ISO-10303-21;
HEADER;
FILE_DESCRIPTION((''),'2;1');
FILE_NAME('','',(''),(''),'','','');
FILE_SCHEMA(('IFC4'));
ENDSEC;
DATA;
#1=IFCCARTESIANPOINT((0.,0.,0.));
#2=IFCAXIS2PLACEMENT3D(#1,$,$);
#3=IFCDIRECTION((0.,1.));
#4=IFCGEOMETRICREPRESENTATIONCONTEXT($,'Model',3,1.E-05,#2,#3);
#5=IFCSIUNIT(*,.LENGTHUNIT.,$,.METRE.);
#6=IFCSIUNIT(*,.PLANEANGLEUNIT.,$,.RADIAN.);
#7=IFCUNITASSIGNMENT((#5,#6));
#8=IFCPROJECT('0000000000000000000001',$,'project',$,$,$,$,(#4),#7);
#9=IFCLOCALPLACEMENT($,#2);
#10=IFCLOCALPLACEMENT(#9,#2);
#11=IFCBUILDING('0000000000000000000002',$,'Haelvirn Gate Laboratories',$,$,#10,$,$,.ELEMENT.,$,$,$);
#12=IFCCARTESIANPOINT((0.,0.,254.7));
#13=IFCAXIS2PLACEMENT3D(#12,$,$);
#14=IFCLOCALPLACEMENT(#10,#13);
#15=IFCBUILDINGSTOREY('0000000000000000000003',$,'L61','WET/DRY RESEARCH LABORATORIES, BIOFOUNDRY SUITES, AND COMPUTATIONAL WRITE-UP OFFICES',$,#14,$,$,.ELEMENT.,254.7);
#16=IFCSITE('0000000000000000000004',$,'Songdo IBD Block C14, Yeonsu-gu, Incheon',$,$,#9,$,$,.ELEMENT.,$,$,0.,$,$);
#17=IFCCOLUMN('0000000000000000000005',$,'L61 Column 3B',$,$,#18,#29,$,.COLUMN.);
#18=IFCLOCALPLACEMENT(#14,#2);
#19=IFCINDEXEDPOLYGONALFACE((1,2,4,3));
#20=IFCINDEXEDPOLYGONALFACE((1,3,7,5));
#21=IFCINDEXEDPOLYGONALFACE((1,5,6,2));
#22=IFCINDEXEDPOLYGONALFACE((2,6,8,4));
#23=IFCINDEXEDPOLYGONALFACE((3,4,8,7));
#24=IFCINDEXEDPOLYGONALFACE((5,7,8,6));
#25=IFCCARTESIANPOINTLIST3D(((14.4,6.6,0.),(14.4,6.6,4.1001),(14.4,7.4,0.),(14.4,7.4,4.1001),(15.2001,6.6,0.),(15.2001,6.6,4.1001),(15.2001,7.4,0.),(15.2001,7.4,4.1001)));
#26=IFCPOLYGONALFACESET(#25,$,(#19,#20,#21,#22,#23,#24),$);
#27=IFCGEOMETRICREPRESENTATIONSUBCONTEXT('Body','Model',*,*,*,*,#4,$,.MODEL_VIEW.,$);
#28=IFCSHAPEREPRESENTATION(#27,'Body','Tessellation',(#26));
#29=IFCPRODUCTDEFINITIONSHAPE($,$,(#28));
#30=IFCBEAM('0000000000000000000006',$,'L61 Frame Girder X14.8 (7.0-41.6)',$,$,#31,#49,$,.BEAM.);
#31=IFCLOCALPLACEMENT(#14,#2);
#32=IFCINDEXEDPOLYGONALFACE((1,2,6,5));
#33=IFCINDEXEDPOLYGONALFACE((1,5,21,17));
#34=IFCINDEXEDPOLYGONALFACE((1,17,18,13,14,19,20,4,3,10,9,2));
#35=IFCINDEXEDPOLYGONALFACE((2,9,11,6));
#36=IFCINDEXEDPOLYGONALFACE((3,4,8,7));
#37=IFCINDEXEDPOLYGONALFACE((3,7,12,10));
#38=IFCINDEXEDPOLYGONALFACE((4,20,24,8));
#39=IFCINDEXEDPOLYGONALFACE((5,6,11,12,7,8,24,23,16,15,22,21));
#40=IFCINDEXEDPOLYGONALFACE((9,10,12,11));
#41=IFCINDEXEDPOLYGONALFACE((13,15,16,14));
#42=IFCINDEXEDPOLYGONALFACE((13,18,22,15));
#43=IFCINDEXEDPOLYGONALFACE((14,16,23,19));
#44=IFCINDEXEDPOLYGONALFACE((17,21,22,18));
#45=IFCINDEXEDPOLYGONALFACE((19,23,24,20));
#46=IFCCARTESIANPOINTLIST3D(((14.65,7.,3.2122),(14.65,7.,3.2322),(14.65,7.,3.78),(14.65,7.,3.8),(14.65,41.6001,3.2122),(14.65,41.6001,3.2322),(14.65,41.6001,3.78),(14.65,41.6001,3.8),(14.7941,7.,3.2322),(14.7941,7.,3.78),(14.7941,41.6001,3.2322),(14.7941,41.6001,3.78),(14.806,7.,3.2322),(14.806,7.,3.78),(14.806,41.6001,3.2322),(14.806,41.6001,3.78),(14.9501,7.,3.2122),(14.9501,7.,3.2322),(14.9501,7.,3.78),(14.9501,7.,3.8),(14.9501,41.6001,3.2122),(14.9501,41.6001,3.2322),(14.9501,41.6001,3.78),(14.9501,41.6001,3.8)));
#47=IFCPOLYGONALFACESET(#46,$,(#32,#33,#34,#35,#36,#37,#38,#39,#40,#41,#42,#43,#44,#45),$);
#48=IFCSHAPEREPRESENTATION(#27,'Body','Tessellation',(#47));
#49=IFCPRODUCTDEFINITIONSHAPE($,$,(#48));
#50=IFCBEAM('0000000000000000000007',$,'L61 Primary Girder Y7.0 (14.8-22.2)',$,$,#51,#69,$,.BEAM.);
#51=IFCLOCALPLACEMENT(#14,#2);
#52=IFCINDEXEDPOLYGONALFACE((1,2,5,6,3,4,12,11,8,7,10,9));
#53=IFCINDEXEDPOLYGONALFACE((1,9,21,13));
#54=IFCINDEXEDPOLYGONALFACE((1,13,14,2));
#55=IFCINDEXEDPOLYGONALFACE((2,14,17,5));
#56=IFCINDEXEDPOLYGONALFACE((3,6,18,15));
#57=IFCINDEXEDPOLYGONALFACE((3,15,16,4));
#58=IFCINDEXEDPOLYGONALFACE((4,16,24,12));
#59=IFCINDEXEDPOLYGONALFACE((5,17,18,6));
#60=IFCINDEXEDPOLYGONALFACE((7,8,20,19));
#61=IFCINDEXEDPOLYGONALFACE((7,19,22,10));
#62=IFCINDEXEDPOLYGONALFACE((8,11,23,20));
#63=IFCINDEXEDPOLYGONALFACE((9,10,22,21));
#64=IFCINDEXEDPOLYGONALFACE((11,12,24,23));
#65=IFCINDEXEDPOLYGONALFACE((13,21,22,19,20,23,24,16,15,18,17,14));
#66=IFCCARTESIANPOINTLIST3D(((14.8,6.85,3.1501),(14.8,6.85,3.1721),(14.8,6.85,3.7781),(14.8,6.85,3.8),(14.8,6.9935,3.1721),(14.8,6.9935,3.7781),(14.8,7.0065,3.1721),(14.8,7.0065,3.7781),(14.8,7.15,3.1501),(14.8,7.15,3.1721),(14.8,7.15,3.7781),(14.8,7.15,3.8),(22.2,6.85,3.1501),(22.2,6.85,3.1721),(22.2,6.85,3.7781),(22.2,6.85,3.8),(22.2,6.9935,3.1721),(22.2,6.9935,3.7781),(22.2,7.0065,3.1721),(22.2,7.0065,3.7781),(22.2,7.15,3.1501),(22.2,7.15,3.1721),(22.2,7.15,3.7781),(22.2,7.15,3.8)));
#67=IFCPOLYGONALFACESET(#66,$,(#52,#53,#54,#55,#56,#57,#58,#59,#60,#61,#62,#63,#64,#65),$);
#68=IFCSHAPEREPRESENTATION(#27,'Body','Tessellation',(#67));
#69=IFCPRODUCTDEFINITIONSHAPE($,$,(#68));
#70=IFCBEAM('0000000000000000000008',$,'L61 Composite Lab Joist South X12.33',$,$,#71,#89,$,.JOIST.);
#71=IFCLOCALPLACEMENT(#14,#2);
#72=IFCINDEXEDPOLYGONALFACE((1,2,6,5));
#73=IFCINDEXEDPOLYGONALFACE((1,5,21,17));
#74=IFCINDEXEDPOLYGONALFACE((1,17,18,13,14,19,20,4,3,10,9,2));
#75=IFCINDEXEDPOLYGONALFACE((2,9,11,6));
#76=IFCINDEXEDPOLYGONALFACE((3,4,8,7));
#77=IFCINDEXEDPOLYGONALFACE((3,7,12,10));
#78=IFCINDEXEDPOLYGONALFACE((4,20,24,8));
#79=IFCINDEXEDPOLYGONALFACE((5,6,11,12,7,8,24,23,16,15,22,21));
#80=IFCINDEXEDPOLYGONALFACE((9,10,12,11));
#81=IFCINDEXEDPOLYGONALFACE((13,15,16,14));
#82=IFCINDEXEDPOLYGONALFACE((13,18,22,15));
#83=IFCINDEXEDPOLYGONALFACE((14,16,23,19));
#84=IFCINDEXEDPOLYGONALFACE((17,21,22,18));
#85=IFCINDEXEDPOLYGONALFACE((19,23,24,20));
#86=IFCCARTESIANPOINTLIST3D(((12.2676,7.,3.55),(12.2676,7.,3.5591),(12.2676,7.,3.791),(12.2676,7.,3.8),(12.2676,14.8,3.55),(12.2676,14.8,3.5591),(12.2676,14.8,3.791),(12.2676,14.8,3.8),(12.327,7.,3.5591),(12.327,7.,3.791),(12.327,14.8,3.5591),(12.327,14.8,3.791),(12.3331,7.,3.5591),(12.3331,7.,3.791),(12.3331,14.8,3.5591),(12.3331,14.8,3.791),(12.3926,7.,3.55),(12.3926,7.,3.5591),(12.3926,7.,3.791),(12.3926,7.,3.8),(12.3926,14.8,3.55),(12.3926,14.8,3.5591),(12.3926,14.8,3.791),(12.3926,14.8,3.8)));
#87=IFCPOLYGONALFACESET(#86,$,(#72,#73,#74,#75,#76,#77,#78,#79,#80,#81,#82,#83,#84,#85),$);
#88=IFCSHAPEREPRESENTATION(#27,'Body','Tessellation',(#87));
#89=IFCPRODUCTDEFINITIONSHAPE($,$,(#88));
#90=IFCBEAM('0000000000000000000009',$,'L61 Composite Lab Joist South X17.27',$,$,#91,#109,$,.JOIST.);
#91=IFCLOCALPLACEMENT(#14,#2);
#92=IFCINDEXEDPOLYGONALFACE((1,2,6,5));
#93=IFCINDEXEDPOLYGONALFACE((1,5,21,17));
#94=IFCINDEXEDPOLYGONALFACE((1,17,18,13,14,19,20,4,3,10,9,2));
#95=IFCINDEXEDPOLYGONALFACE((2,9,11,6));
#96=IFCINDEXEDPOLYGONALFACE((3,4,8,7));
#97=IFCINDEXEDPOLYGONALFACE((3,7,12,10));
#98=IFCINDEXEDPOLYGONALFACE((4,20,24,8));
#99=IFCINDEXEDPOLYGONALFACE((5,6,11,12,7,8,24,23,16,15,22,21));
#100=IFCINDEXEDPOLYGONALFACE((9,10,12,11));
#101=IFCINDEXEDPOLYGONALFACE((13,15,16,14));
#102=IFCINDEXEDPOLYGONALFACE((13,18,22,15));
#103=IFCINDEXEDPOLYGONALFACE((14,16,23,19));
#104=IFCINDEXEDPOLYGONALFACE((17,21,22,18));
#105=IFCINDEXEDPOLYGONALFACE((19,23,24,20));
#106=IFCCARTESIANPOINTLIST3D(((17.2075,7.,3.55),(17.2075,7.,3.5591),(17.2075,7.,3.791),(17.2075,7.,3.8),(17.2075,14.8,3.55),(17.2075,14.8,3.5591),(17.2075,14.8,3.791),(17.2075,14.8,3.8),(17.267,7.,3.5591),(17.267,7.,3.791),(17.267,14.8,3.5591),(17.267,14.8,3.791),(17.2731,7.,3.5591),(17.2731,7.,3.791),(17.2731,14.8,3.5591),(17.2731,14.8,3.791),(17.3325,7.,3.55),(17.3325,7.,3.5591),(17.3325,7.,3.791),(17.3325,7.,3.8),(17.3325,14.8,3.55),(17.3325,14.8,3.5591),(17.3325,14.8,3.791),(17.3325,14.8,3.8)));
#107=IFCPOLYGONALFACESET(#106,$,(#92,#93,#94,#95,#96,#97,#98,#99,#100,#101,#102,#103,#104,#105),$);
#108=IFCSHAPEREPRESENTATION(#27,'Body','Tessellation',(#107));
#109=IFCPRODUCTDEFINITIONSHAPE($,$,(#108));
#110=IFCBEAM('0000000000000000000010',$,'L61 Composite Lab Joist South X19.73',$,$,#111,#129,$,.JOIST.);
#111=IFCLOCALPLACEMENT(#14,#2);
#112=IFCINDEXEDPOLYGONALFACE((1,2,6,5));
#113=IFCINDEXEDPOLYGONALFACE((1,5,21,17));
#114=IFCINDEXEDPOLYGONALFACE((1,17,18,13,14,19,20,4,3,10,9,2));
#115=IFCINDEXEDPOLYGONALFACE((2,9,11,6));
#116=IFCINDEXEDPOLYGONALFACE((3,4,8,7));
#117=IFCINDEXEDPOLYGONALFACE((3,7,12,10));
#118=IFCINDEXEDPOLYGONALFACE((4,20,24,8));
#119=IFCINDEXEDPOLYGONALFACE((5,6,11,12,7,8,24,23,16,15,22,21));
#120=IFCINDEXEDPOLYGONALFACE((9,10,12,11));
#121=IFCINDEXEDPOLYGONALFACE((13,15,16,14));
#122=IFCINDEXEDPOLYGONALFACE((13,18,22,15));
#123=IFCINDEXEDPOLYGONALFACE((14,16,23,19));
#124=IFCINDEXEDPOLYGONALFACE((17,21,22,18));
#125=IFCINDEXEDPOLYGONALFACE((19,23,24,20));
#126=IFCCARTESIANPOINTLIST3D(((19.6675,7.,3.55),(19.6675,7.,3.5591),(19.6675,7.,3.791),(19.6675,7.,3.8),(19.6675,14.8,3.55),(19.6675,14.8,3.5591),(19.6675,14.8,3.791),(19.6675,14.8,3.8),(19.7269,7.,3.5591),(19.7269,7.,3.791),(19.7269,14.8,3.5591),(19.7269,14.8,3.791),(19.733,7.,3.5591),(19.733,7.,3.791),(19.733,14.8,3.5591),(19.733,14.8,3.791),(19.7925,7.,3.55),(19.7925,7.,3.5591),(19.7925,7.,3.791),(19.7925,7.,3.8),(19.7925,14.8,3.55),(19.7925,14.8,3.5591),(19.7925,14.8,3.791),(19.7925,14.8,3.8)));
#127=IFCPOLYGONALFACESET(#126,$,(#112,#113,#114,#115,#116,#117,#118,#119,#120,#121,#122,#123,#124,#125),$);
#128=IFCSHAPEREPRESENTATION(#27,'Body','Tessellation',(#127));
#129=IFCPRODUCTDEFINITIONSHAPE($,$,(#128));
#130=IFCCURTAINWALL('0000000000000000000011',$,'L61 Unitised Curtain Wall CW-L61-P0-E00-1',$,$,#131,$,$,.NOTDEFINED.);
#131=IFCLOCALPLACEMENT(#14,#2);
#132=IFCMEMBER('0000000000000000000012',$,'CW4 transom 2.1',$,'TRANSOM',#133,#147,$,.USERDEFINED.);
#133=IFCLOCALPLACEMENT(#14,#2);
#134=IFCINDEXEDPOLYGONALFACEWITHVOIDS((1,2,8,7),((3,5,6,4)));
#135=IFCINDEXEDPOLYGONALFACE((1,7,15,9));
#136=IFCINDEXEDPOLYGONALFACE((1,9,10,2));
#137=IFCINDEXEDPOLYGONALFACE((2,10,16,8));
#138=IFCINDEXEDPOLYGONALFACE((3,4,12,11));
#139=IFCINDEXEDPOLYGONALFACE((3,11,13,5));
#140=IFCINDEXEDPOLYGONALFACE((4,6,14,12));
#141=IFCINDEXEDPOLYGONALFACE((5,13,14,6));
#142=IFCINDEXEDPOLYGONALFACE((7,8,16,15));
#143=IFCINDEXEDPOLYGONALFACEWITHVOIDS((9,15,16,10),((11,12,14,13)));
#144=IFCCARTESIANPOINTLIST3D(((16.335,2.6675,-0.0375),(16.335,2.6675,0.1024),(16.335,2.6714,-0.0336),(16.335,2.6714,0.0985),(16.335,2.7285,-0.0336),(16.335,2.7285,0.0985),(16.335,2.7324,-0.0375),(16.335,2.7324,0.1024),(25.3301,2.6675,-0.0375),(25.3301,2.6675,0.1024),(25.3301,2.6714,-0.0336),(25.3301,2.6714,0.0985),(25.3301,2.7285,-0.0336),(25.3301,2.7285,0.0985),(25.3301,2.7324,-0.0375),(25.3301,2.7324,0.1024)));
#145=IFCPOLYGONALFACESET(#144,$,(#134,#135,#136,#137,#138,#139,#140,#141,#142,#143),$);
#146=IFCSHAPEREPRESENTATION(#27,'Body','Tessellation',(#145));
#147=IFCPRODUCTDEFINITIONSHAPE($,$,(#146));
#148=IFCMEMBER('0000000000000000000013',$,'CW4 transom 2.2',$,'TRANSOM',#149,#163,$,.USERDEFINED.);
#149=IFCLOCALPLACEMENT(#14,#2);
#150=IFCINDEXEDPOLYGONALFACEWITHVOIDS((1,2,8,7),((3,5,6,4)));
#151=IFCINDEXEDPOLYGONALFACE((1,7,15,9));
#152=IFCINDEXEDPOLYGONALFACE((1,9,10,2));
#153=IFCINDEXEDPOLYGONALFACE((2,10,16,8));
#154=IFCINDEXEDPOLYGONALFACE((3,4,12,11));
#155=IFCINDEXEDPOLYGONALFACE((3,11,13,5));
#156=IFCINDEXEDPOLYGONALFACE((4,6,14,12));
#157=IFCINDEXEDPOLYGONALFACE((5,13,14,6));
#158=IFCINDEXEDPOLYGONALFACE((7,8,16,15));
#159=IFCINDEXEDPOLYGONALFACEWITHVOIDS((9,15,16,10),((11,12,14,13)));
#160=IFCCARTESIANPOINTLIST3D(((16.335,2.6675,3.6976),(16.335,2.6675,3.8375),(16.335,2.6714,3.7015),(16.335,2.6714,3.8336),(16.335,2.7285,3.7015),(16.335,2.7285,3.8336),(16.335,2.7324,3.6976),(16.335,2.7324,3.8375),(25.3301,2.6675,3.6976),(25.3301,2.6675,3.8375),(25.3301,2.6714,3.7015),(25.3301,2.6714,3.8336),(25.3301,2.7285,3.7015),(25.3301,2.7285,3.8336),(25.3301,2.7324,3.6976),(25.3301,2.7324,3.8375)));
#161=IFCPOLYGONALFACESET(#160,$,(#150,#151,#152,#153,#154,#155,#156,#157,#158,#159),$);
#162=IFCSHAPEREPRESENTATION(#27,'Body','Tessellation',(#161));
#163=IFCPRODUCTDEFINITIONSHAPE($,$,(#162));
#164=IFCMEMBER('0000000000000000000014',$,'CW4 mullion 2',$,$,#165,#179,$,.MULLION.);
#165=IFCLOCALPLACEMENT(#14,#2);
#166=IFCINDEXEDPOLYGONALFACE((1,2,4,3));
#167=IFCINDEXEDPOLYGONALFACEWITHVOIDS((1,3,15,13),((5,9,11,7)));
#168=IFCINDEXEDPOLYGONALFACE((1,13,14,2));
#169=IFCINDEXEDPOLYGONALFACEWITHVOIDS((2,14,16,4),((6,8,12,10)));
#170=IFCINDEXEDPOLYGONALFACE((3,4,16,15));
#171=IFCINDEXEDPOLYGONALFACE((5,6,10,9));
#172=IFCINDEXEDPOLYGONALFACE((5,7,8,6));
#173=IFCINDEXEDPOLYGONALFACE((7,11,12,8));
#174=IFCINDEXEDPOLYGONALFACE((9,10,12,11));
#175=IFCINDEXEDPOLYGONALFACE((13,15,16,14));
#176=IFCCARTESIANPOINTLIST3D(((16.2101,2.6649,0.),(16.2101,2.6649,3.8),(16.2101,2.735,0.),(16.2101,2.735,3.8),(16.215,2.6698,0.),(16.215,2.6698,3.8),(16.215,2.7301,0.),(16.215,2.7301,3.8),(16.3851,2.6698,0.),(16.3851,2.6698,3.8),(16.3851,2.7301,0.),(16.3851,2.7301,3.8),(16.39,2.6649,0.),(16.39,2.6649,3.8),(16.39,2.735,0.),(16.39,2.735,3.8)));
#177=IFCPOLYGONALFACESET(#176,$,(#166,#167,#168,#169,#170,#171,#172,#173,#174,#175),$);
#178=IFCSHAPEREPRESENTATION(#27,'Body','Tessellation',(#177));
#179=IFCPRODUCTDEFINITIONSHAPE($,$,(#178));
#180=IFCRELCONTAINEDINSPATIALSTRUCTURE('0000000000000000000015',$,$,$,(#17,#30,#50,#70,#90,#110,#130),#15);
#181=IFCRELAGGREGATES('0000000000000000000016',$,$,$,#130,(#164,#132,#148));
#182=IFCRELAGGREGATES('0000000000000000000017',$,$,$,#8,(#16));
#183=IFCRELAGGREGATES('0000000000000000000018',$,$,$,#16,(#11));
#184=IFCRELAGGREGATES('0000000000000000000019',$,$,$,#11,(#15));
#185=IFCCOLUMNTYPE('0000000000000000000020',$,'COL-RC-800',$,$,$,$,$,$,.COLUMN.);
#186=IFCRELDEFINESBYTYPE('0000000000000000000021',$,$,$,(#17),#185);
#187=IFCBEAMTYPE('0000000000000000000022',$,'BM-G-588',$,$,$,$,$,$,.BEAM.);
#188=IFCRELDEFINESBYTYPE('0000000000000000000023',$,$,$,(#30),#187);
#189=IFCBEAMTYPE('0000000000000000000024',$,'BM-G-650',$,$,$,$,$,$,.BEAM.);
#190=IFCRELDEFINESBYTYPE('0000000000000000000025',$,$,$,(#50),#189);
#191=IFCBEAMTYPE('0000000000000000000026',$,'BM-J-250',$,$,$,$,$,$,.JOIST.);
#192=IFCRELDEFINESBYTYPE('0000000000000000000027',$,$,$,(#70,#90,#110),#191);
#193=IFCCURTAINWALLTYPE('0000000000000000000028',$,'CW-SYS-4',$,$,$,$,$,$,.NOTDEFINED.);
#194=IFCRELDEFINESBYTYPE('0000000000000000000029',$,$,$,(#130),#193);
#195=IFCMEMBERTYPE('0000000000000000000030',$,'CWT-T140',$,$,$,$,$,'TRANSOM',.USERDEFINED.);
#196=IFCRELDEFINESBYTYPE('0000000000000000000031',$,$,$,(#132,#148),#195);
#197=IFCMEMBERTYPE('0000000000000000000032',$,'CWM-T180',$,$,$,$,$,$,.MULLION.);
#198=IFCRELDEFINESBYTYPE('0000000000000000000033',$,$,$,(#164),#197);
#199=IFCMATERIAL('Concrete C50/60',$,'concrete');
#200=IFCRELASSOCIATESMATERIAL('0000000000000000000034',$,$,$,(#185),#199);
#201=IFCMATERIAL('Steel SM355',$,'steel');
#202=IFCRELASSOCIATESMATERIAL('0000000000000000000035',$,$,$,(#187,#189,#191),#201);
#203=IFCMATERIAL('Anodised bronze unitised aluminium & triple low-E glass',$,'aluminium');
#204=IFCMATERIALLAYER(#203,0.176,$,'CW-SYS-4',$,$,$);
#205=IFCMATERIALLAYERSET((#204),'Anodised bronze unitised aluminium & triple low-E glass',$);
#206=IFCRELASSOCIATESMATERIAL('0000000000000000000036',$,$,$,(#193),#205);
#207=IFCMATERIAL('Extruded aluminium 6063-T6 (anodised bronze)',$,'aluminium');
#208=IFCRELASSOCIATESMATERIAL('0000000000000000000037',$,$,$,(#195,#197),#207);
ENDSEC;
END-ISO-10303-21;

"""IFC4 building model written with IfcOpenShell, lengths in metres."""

from ifc_helpers import new_model, si_unit, direction, frame, origin, origin_2d, place, context, subcontext, project, spatial, rectangle, hollow_rectangle, i_section, extrude, source, transform, mapped, material, layer, layer_set, material_profile, profile_set, type_object, type_shapes, element, aggregate, save


model = new_model("IFC4")

# Units and contexts
model_context = context("Model", 3, precision=1e-05, world=origin(), true_north=direction((0.0, 1.0)))
body_context = subcontext(model_context, "Body", "Model", "MODEL_VIEW")
ifc_project = project(units=[si_unit("LENGTHUNIT", "METRE"), si_unit("PLANEANGLEUNIT", "RADIAN")], contexts=[model_context])

# Site, building, storey
site_placement = place(None, origin())
site = spatial("IfcSite", under=ifc_project, at=site_placement, Name="Songdo IBD Block C14, Yeonsu-gu, Incheon", CompositionType="ELEMENT", RefElevation=0.0)
building_placement = place(site_placement, origin())
building = spatial("IfcBuilding", under=site, at=building_placement, Name="Haelvirn Gate Laboratories", CompositionType="ELEMENT")
storey_placement = place(building_placement, frame((0.0, 0.0, 254.7)))
storey = spatial("IfcBuildingStorey", under=building, at=storey_placement, Name="L61", Description="WET/DRY RESEARCH LABORATORIES, BIOFOUNDRY SUITES, AND COMPUTATIONAL WRITE-UP OFFICES", CompositionType="ELEMENT", Elevation=254.7)

# Column
ifc_material_1 = material(Name="Concrete C50/60", Category="concrete")
ifc_material_profile_1 = material_profile(ifc_material_1, rectangle(XDim=0.8, YDim=0.8, at=origin_2d()), Name="RC-800x800")
ifc_profile_set_1 = profile_set([ifc_material_profile_1], Name="Concrete C50/60")
column_type = type_object("IfcColumnType", Name="COL-RC-800", PredefinedType="COLUMN", material=ifc_profile_set_1)
shared_shape_1 = source(origin(), body_context, "Body", "SweptSolid", [
    extrude(rectangle(XDim=0.8, YDim=0.8, at=origin_2d()), origin(), (0.0, 0.0, 1.0), 4.1001),
])
type_shapes(column_type, [shared_shape_1])
column_placement = place(storey_placement, frame((14.8, 7.0, 0.0), z_axis=(0.0, 0.0, 1.0), x_axis=(1.0, 0.0, 0.0)))
element("IfcColumn", 1, at=column_placement, inside=storey, type_object=column_type, Name="L61 Column 3B", PredefinedType="COLUMN", context=body_context, shape_type="MappedRepresentation", body=[
    mapped(shared_shape_1, transform((0.0, 0.0, 0.0), scale=1.0)),
])

# Beams
ifc_material_2 = material(Name="Steel SM355", Category="steel")
ifc_material_profile_2 = material_profile(ifc_material_2, i_section(OverallWidth=0.3, OverallDepth=0.5879, WebThickness=0.012, FlangeThickness=0.02, at=origin_2d()), Name="H-588x300x12x20")
ifc_profile_set_2 = profile_set([ifc_material_profile_2], Name="Steel SM355")
beam_type_1 = type_object("IfcBeamType", Name="BM-G-588", PredefinedType="BEAM", material=ifc_profile_set_2)
shared_shape_2 = source(origin(), body_context, "Body", "SweptSolid", [
    extrude(i_section(OverallWidth=0.3, OverallDepth=0.5879, WebThickness=0.012, FlangeThickness=0.02, at=origin_2d()), origin(), (0.0, 0.0, 1.0), 34.6001),
])
type_shapes(beam_type_1, [shared_shape_2])
beam_1_placement = place(storey_placement, frame((14.8, 7.0, 3.5061), z_axis=(0.0, 1.0, 0.0), x_axis=(-1.0, 0.0, 0.0)))
element("IfcBeam", 2, at=beam_1_placement, inside=storey, type_object=beam_type_1, Name="L61 Frame Girder X14.8 (7.0-41.6)", PredefinedType="BEAM", context=body_context, shape_type="MappedRepresentation", body=[
    mapped(shared_shape_2, transform((0.0, 0.0, 0.0), scale=1.0)),
])
ifc_material_profile_3 = material_profile(ifc_material_2, i_section(OverallWidth=0.3, OverallDepth=0.6499, WebThickness=0.0129, FlangeThickness=0.022, at=origin_2d()), Name="H-650x300x13x22")
ifc_profile_set_3 = profile_set([ifc_material_profile_3], Name="Steel SM355")
beam_type_2 = type_object("IfcBeamType", Name="BM-G-650", PredefinedType="BEAM", material=ifc_profile_set_3)
shared_shape_3 = source(origin(), body_context, "Body", "SweptSolid", [
    extrude(i_section(OverallWidth=0.3, OverallDepth=0.6499, WebThickness=0.0129, FlangeThickness=0.022, at=origin_2d()), origin(), (0.0, 0.0, 1.0), 7.3999),
])
type_shapes(beam_type_2, [shared_shape_3])
beam_2_placement = place(storey_placement, frame((14.8, 7.0, 3.4751), z_axis=(1.0, 0.0, 0.0), x_axis=(0.0, 1.0, 0.0)))
element("IfcBeam", 3, at=beam_2_placement, inside=storey, type_object=beam_type_2, Name="L61 Primary Girder Y7.0 (14.8-22.2)", PredefinedType="BEAM", context=body_context, shape_type="MappedRepresentation", body=[
    mapped(shared_shape_3, transform((0.0, 0.0, 0.0), scale=1.0)),
])
ifc_material_profile_4 = material_profile(ifc_material_2, i_section(OverallWidth=0.125, OverallDepth=0.25, WebThickness=0.0061, FlangeThickness=0.009, at=origin_2d()), Name="H-250x125x6x9")
ifc_profile_set_4 = profile_set([ifc_material_profile_4], Name="Steel SM355")
beam_type_3 = type_object("IfcBeamType", Name="BM-J-250", PredefinedType="JOIST", material=ifc_profile_set_4)
shared_shape_4 = source(origin(), body_context, "Body", "SweptSolid", [
    extrude(i_section(OverallWidth=0.125, OverallDepth=0.25, WebThickness=0.0061, FlangeThickness=0.009, at=origin_2d()), origin(), (0.0, 0.0, 1.0), 7.8),
])
type_shapes(beam_type_3, [shared_shape_4])
for number, where, z_axis, x_axis, name in (
    (4, (12.3301, 7.0, 3.675), (0.0, 1.0, 0.0), (-1.0, 0.0, 0.0), "L61 Composite Lab Joist South X12.33"),
    (5, (17.27, 7.0, 3.675), (0.0, 1.0, 0.0), (-1.0, 0.0, 0.0), "L61 Composite Lab Joist South X17.27"),
    (6, (19.73, 7.0, 3.675), (0.0, 1.0, 0.0), (-1.0, 0.0, 0.0), "L61 Composite Lab Joist South X19.73"),
):
    element("IfcBeam", number, at=place(storey_placement, frame(where, z_axis=z_axis, x_axis=x_axis)), inside=storey, type_object=beam_type_3, Name=name, PredefinedType="JOIST", context=body_context, shape_type="MappedRepresentation", body=[
        mapped(shared_shape_4, transform((0.0, 0.0, 0.0), scale=1.0)),
    ])

# Curtain wall, members
ifc_material_3 = material(Name="Anodised bronze unitised aluminium & triple low-E glass", Category="aluminium")
ifc_layer_1 = layer(ifc_material_3, 0.176, Name="CW-SYS-4")
ifc_layer_set_1 = layer_set([ifc_layer_1], Name="Anodised bronze unitised aluminium & triple low-E glass")
curtain_wall_type = type_object("IfcCurtainWallType", Name="CW-SYS-4", PredefinedType="NOTDEFINED", material=ifc_layer_set_1)
curtain_wall_placement = place(storey_placement, origin())
curtain_wall = element("IfcCurtainWall", 7, at=curtain_wall_placement, inside=storey, type_object=curtain_wall_type, Name="L61 Unitised Curtain Wall CW-L61-P0-E00-1", PredefinedType="NOTDEFINED")
ifc_material_4 = material(Name="Extruded aluminium 6063-T6 (anodised bronze)", Category="aluminium")
ifc_material_profile_5 = material_profile(ifc_material_4, hollow_rectangle(XDim=0.0649, YDim=0.1399, WallThickness=0.0039, at=origin_2d()), Name="CWT-140x65x4")
ifc_profile_set_5 = profile_set([ifc_material_profile_5], Name="Extruded aluminium 6063-T6 (anodised bronze)")
member_type_1 = type_object("IfcMemberType", Name="CWT-T140", ElementType="TRANSOM", PredefinedType="USERDEFINED", material=ifc_profile_set_5)
shared_shape_5 = source(origin(), body_context, "Body", "SweptSolid", [
    extrude(hollow_rectangle(XDim=0.0649, YDim=0.1399, WallThickness=0.0039, at=origin_2d()), origin(), (0.0, 0.0, 1.0), 8.9951),
])
type_shapes(member_type_1, [shared_shape_5])
member_1_placement = place(storey_placement, frame((16.335, 2.7, 0.0325), z_axis=(1.0, 0.0, 0.0), x_axis=(0.0, 1.0, 0.0)))
member_1 = element("IfcMember", 8, at=member_1_placement, type_object=member_type_1, Name="CW4 transom 2.1", ObjectType="TRANSOM", PredefinedType="USERDEFINED", context=body_context, shape_type="MappedRepresentation", body=[
    mapped(shared_shape_5, transform((0.0, 0.0, 0.0), scale=1.0)),
])
member_2_placement = place(storey_placement, frame((16.335, 2.7, 3.7676), z_axis=(1.0, 0.0, 0.0), x_axis=(0.0, 1.0, 0.0)))
member_2 = element("IfcMember", 9, at=member_2_placement, type_object=member_type_1, Name="CW4 transom 2.2", ObjectType="TRANSOM", PredefinedType="USERDEFINED", context=body_context, shape_type="MappedRepresentation", body=[
    mapped(shared_shape_5, transform((0.0, 0.0, 0.0), scale=1.0)),
])
ifc_material_profile_6 = material_profile(ifc_material_4, hollow_rectangle(XDim=0.0701, YDim=0.1799, WallThickness=0.0049, at=origin_2d()), Name="CWM-180x70x5")
ifc_profile_set_6 = profile_set([ifc_material_profile_6], Name="Extruded aluminium 6063-T6 (anodised bronze)")
member_type_2 = type_object("IfcMemberType", Name="CWM-T180", PredefinedType="MULLION", material=ifc_profile_set_6)
shared_shape_6 = source(origin(), body_context, "Body", "SweptSolid", [
    extrude(hollow_rectangle(XDim=0.0701, YDim=0.1799, WallThickness=0.0049, at=origin_2d()), origin(), (0.0, 0.0, 1.0), 3.8),
])
type_shapes(member_type_2, [shared_shape_6])
member_3_placement = place(storey_placement, frame((16.3, 2.7, 0.0), z_axis=(0.0, 0.0, 1.0), x_axis=(0.0, 1.0, 0.0)))
member_3 = element("IfcMember", 10, at=member_3_placement, type_object=member_type_2, Name="CW4 mullion 2", PredefinedType="MULLION", context=body_context, shape_type="MappedRepresentation", body=[
    mapped(shared_shape_6, transform((0.0, 0.0, 0.0), scale=1.0)),
])
aggregate(curtain_wall, [member_3, member_1, member_2])

save(model, "model.ifc")
